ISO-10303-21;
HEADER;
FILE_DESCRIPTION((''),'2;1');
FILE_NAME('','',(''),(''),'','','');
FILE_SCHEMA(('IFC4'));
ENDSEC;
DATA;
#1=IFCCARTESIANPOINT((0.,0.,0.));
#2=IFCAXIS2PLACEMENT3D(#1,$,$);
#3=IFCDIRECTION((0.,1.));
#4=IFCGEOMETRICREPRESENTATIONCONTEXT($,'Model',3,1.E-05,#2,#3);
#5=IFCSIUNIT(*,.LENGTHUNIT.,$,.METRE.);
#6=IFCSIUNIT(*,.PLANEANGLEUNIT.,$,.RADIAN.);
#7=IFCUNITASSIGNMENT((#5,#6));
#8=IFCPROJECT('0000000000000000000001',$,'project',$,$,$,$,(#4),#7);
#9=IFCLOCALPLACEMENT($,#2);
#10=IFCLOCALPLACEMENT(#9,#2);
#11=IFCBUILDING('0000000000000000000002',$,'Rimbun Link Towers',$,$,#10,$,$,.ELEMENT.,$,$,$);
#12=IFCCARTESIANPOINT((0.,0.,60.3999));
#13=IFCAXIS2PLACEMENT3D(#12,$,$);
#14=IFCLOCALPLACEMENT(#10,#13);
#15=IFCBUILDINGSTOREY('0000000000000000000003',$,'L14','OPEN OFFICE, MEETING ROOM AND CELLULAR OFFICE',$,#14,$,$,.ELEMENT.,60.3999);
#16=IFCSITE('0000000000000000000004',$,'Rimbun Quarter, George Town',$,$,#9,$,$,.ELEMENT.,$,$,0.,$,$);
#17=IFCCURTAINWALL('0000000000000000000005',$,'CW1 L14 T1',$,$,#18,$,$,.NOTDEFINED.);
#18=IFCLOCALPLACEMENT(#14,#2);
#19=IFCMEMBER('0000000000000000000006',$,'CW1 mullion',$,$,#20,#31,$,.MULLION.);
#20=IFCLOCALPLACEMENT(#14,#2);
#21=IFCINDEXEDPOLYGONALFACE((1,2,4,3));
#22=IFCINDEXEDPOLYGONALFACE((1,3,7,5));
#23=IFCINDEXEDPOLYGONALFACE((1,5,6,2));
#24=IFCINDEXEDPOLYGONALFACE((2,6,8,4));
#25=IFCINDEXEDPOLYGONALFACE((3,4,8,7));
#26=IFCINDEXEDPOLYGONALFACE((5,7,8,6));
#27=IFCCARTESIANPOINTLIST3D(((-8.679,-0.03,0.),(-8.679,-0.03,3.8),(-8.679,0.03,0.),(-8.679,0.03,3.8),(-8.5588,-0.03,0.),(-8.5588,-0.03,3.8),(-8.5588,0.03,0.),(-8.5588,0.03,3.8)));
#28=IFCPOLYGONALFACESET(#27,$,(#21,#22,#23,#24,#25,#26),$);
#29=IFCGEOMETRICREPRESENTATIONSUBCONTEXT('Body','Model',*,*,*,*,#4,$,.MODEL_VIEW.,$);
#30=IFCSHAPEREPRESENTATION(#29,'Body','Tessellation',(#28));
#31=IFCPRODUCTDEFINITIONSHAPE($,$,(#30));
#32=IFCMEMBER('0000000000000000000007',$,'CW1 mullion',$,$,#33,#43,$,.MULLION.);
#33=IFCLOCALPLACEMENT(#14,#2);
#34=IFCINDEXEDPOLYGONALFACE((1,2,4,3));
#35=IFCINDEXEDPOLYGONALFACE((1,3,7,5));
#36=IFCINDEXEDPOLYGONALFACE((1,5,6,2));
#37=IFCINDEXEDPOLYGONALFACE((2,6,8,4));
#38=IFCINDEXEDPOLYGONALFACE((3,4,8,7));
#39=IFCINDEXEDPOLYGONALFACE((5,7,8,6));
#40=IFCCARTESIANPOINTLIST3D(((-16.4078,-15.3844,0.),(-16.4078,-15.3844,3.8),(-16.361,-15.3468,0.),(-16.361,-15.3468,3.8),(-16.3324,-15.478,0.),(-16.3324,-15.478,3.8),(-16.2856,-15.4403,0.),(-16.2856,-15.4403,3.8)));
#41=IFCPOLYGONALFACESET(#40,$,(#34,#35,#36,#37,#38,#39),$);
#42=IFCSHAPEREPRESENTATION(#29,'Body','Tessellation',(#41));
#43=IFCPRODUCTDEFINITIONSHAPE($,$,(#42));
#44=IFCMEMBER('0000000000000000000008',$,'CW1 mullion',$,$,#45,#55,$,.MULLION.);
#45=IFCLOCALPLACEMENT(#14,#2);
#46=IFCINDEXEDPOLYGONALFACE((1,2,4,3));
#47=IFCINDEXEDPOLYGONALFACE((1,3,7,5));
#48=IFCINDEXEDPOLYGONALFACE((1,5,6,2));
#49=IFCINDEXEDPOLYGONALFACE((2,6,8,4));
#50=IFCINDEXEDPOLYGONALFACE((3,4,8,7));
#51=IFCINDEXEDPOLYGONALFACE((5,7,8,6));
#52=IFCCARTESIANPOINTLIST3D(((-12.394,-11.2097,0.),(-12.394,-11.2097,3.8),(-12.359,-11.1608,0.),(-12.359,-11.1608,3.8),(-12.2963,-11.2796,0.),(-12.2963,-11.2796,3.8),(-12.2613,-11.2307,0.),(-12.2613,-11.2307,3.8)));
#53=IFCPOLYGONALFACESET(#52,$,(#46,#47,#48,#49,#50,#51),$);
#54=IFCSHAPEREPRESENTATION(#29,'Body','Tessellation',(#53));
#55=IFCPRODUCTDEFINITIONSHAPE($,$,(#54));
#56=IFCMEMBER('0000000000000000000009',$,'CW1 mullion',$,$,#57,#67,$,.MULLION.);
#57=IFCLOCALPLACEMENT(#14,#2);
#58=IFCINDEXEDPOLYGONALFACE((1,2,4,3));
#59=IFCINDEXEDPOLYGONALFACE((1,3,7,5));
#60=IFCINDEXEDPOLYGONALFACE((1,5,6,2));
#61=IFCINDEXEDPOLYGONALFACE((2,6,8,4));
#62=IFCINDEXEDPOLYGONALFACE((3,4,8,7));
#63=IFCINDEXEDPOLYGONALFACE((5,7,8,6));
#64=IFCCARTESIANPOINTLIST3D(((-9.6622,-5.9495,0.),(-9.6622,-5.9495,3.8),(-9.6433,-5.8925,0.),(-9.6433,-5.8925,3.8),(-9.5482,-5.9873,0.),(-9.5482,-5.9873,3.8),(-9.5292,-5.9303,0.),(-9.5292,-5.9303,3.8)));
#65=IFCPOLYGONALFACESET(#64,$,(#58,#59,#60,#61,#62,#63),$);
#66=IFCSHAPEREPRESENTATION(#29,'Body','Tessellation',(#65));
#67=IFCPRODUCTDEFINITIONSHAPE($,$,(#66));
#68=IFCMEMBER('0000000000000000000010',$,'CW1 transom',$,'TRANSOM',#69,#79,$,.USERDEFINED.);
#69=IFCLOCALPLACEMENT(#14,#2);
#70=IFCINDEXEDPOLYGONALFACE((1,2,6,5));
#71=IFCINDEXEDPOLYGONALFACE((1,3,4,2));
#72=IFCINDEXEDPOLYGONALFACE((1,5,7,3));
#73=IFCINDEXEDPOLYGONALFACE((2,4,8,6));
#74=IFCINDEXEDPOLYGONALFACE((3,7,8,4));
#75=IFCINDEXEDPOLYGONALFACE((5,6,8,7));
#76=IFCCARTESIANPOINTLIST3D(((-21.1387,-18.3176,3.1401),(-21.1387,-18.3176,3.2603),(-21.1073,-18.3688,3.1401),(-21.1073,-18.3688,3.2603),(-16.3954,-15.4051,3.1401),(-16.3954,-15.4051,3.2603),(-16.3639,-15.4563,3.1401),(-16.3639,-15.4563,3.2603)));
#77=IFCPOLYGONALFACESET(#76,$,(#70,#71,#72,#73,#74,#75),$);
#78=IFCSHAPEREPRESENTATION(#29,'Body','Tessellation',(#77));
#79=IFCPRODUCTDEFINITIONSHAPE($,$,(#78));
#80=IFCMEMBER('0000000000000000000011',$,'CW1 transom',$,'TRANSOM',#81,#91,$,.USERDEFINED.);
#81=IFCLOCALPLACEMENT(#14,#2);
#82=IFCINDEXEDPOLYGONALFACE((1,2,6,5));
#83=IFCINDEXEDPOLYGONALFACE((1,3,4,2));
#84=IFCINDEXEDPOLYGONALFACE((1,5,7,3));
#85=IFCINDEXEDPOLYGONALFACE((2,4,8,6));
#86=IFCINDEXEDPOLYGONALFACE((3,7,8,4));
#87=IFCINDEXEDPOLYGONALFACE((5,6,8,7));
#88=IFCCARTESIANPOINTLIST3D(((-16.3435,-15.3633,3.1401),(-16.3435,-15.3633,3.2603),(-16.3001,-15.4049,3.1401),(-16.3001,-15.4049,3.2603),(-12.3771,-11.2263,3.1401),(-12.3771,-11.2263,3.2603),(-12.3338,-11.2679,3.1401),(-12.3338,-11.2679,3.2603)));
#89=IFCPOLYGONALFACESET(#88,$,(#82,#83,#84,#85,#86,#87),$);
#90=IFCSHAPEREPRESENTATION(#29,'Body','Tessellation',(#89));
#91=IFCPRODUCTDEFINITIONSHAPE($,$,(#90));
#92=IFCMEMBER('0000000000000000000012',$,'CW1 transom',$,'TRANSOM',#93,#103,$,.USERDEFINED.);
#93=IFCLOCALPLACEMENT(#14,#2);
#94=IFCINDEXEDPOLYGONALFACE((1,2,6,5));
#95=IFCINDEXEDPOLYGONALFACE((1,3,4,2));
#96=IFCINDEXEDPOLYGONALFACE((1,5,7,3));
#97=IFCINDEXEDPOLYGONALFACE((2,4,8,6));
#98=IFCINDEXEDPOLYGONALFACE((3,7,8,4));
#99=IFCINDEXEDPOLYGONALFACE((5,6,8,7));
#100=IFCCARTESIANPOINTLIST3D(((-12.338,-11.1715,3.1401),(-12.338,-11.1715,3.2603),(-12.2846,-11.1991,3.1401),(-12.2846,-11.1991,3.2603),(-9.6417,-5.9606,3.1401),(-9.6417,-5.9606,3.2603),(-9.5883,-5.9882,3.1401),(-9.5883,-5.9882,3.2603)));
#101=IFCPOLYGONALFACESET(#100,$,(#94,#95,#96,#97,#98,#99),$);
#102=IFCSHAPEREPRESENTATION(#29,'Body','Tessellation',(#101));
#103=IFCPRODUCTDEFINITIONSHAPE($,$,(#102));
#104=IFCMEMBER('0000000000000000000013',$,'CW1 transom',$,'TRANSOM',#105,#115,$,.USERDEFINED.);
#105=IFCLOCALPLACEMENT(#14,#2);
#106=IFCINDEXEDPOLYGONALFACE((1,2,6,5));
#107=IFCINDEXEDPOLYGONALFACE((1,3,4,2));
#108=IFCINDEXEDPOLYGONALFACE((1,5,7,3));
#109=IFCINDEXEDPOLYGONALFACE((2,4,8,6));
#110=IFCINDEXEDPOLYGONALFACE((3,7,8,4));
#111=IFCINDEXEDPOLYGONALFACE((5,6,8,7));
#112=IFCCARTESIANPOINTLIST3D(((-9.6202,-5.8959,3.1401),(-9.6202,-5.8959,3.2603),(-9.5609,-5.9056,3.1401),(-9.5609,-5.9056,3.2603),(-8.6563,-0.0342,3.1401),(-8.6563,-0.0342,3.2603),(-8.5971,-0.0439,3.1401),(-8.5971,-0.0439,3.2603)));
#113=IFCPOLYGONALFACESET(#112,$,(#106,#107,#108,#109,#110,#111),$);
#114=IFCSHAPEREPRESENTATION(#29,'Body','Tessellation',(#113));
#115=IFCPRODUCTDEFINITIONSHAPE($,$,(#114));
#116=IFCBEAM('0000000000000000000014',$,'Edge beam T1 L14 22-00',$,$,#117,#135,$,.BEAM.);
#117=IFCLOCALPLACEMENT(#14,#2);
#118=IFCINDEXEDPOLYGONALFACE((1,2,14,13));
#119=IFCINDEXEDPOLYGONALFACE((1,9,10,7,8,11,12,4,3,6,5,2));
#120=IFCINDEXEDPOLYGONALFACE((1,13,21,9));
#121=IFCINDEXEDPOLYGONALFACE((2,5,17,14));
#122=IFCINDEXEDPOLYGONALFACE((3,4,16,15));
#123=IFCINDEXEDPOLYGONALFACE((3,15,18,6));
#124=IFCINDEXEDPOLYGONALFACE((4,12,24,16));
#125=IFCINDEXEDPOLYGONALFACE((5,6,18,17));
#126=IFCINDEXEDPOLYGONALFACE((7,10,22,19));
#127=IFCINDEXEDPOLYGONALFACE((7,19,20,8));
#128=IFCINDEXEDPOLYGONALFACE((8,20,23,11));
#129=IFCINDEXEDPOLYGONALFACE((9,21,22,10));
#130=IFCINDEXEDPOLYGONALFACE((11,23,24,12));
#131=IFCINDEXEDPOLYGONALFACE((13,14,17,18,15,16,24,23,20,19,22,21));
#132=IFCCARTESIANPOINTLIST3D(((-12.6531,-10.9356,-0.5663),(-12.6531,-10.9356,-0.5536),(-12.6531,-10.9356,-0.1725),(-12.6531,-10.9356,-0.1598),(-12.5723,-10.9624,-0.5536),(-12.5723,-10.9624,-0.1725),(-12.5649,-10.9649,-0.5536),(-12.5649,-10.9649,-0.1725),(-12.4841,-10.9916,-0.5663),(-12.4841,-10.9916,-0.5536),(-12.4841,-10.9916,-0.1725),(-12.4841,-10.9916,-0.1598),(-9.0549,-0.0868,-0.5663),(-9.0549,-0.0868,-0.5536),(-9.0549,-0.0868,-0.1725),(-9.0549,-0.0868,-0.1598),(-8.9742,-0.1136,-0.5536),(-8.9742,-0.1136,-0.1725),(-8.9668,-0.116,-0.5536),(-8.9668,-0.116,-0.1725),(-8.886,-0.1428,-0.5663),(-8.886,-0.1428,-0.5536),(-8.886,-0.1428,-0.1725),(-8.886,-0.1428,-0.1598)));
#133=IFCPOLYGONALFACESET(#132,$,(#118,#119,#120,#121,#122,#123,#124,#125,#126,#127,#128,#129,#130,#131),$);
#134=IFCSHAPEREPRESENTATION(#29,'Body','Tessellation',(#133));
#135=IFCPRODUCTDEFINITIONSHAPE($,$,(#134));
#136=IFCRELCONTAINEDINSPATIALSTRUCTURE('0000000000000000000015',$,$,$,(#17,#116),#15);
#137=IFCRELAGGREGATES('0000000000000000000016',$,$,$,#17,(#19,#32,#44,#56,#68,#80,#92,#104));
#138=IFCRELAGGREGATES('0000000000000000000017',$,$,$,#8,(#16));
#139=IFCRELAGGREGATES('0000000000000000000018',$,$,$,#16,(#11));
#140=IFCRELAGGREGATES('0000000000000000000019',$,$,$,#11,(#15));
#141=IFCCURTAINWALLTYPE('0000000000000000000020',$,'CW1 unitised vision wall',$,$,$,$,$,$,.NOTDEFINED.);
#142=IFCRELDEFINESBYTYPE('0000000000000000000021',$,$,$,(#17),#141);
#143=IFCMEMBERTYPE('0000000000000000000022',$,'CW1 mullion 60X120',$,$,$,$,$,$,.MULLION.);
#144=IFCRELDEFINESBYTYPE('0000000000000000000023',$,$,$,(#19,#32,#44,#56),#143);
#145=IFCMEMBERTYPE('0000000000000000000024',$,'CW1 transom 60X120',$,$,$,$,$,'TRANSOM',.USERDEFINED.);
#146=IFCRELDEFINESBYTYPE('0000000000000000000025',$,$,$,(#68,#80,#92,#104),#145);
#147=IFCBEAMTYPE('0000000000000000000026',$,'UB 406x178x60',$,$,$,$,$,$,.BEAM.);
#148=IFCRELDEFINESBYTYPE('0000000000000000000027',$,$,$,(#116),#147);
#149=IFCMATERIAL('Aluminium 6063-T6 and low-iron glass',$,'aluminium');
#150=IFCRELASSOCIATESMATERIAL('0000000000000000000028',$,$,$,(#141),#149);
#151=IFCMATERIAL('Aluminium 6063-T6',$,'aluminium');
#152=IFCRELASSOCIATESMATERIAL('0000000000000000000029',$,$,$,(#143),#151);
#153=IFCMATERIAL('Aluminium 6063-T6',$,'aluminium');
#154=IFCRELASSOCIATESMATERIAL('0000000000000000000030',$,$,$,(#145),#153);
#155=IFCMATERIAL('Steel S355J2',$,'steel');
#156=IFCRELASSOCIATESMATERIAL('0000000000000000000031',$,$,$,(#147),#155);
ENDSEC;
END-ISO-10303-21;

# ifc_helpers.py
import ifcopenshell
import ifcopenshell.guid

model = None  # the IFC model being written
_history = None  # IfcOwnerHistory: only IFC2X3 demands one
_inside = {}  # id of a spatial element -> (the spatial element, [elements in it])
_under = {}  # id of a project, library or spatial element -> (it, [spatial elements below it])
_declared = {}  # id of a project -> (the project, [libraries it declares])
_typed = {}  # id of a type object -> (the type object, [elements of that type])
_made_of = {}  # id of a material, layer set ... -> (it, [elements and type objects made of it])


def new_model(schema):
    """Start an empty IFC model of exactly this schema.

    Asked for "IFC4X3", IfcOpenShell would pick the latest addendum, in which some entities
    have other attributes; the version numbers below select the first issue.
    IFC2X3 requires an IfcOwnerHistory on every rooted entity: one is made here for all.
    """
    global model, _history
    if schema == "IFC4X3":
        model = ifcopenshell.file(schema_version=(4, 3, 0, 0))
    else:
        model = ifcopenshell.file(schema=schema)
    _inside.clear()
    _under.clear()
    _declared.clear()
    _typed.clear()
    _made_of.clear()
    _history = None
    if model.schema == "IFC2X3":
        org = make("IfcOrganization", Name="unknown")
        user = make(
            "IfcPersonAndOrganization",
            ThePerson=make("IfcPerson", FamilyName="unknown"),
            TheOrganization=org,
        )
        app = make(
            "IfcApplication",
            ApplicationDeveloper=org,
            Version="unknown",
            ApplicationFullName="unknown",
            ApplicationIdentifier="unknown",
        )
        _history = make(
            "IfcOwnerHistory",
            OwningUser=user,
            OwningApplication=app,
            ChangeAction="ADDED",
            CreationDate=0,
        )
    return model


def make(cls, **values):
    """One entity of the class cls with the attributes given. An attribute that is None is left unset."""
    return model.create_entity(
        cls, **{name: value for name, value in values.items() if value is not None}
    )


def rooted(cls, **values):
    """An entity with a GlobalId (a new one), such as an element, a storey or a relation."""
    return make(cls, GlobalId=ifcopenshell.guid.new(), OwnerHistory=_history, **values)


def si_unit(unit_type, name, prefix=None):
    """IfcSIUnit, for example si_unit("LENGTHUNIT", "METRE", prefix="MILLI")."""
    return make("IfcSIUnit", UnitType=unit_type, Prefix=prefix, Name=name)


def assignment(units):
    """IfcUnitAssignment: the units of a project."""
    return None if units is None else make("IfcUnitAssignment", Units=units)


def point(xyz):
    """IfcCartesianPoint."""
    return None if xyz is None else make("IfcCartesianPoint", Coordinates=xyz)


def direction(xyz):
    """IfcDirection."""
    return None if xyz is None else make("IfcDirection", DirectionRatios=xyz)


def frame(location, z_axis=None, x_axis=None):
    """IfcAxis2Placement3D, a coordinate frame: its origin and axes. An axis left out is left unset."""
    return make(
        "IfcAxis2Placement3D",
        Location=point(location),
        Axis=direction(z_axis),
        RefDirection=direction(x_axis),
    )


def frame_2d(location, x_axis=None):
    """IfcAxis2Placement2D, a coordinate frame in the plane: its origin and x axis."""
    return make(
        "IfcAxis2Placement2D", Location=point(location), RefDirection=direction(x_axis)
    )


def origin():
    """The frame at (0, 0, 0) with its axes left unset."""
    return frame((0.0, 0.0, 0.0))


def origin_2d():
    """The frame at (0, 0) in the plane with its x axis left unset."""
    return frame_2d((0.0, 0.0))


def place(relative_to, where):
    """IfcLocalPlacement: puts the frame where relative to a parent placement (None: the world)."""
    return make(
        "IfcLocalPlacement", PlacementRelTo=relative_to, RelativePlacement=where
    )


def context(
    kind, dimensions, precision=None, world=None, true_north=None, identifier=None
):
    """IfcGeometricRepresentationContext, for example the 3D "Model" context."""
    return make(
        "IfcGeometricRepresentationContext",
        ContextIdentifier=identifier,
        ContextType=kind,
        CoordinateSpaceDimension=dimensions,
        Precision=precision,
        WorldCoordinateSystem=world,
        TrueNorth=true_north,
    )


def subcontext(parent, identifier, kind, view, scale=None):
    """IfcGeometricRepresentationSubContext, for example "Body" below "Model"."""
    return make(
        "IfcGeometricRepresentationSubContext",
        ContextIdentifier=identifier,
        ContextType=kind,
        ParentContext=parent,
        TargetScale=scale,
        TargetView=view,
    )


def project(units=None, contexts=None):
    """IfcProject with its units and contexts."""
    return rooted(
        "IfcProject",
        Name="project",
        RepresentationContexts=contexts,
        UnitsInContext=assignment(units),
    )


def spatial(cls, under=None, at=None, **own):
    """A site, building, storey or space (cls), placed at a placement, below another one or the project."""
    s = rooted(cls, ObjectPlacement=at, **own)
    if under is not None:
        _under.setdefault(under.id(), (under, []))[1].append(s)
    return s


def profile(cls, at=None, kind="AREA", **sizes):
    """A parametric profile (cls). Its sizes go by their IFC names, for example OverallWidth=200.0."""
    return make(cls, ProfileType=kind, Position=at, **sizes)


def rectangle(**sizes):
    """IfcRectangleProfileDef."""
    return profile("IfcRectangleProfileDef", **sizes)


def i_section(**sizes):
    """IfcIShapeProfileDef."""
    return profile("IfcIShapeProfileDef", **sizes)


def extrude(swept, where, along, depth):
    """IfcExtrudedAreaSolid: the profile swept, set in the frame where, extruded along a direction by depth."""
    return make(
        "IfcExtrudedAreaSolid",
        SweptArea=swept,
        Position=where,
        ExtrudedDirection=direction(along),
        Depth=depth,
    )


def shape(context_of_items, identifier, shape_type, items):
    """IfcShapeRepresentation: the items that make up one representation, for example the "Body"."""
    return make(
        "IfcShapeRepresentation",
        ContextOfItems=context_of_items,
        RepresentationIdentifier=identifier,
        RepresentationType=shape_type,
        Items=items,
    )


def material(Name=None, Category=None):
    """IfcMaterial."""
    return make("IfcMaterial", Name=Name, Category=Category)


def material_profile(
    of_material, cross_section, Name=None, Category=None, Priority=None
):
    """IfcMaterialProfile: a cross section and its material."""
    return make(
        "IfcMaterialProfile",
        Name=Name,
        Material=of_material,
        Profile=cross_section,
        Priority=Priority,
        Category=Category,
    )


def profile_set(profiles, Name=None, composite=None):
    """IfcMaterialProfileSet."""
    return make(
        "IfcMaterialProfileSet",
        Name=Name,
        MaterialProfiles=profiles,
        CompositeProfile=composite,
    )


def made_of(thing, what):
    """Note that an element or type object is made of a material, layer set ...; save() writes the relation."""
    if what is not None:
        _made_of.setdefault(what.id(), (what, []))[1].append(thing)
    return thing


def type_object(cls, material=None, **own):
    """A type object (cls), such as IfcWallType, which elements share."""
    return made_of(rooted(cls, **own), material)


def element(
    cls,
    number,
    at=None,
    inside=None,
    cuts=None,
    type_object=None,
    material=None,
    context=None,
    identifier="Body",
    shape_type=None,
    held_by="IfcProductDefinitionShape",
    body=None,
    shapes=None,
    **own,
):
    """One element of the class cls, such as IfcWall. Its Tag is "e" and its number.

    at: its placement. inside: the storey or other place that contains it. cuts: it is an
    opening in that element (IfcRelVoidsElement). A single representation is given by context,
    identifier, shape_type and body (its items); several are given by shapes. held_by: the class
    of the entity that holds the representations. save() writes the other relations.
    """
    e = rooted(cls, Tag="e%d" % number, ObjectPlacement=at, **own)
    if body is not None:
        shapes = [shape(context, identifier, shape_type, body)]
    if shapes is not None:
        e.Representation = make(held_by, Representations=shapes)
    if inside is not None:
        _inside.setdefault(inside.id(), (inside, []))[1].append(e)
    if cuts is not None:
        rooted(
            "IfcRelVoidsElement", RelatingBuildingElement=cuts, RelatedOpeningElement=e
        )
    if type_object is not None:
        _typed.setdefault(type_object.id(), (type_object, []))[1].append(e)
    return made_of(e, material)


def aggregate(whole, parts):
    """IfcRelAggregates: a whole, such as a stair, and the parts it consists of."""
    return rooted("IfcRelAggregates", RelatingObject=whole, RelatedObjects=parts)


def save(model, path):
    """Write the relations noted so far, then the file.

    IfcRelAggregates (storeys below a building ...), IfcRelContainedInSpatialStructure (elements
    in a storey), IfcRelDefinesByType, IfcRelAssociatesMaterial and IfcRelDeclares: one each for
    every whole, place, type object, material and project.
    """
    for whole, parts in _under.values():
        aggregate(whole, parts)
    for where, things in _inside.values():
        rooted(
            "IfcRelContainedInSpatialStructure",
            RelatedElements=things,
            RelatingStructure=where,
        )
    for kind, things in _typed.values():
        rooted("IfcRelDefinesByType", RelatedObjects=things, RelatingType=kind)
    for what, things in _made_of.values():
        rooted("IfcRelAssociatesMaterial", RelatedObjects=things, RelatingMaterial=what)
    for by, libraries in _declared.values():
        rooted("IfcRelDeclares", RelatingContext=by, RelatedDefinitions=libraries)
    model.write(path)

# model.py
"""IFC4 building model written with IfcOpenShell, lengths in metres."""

from ifc_helpers import new_model, si_unit, direction, frame, origin, origin_2d, place, context, subcontext, project, spatial, rectangle, i_section, extrude, material, material_profile, profile_set, type_object, element, aggregate, save


model = new_model("IFC4")

# Units and contexts
model_context = context("Model", 3, precision=1e-05, world=origin(), true_north=direction((0.0, 1.0)))
body_context = subcontext(model_context, "Body", "Model", "MODEL_VIEW")
ifc_project = project(units=[si_unit("LENGTHUNIT", "METRE"), si_unit("PLANEANGLEUNIT", "RADIAN")], contexts=[model_context])

# Site, building, storey
site_placement = place(None, origin())
site = spatial("IfcSite", under=ifc_project, at=site_placement, Name="Rimbun Quarter, George Town", CompositionType="ELEMENT", RefElevation=0.0)
building_placement = place(site_placement, origin())
building = spatial("IfcBuilding", under=site, at=building_placement, Name="Rimbun Link Towers", CompositionType="ELEMENT")
storey_placement = place(building_placement, frame((0.0, 0.0, 60.3999)))
storey = spatial("IfcBuildingStorey", under=building, at=storey_placement, Name="L14", Description="OPEN OFFICE, MEETING ROOM AND CELLULAR OFFICE", CompositionType="ELEMENT", Elevation=60.3999)

# Curtain wall, members
ifc_material_1 = material(Name="Aluminium 6063-T6 and low-iron glass", Category="aluminium")
curtain_wall_type = type_object("IfcCurtainWallType", Name="CW1 unitised vision wall", PredefinedType="NOTDEFINED", material=ifc_material_1)
curtain_wall_placement = place(storey_placement, origin())
curtain_wall = element("IfcCurtainWall", 1, at=curtain_wall_placement, inside=storey, type_object=curtain_wall_type, Name="CW1 L14 T1", PredefinedType="NOTDEFINED")
ifc_material_2 = material(Name="Aluminium 6063-T6", Category="aluminium")
ifc_material_profile_1 = material_profile(ifc_material_2, rectangle(XDim=0.1201, YDim=0.0601, at=origin_2d()), Name="MULLION 60X120")
ifc_profile_set_1 = profile_set([ifc_material_profile_1], Name="Aluminium 6063-T6")
member_type_1 = type_object("IfcMemberType", Name="CW1 mullion 60X120", PredefinedType="MULLION", material=ifc_profile_set_1)
member_1_placement = place(storey_placement, frame((-8.6189, 0.0, 0.0), z_axis=(0.0, 0.0, 1.0), x_axis=(1.0, 0.0, 0.0)))
member_1 = element("IfcMember", 2, at=member_1_placement, type_object=member_type_1, Name="CW1 mullion", PredefinedType="MULLION", context=body_context, shape_type="SweptSolid", body=[
    extrude(rectangle(XDim=0.1201, YDim=0.0601, at=origin_2d()), origin(), (0.0, 0.0, 1.0), 3.8),
])
member_2_placement = place(storey_placement, frame((-16.3467, -15.4124, 0.0), z_axis=(0.0, 0.0, 1.0), x_axis=(0.627666, -0.778483, 0.0)))
member_2 = element("IfcMember", 3, at=member_2_placement, type_object=member_type_1, Name="CW1 mullion", PredefinedType="MULLION", context=body_context, shape_type="SweptSolid", body=[
    extrude(rectangle(XDim=0.1201, YDim=0.0601, at=origin_2d()), origin(), (0.0, 0.0, 1.0), 3.8),
])
member_3_placement = place(storey_placement, frame((-12.3276, -11.2202, 0.0), z_axis=(0.0, 0.0, 1.0), x_axis=(0.813348, -0.581777, 0.0)))
member_3 = element("IfcMember", 4, at=member_3_placement, type_object=member_type_1, Name="CW1 mullion", PredefinedType="MULLION", context=body_context, shape_type="SweptSolid", body=[
    extrude(rectangle(XDim=0.1201, YDim=0.0601, at=origin_2d()), origin(), (0.0, 0.0, 1.0), 3.8),
])
member_4_placement = place(storey_placement, frame((-9.5957, -5.9399, 0.0), z_axis=(0.0, 0.0, 1.0), x_axis=(0.949162, -0.314789, 0.0)))
member_4 = element("IfcMember", 5, at=member_4_placement, type_object=member_type_1, Name="CW1 mullion", PredefinedType="MULLION", context=body_context, shape_type="SweptSolid", body=[
    extrude(rectangle(XDim=0.1201, YDim=0.0601, at=origin_2d()), origin(), (0.0, 0.0, 1.0), 3.8),
])
ifc_material_3 = material(Name="Aluminium 6063-T6", Category="aluminium")
ifc_material_profile_2 = material_profile(ifc_material_3, rectangle(XDim=0.0601, YDim=0.1201, at=origin_2d()), Name="TRANSOM 60X120")
ifc_profile_set_2 = profile_set([ifc_material_profile_2], Name="Aluminium 6063-T6")
member_type_2 = type_object("IfcMemberType", Name="CW1 transom 60X120", ElementType="TRANSOM", PredefinedType="USERDEFINED", material=ifc_profile_set_2)
member_5_placement = place(storey_placement, frame((-16.3796, -15.4307, 3.2002), z_axis=(-0.852173, -0.52326, 0.0), x_axis=(0.52326, -0.852173, 0.0)))
member_5 = element("IfcMember", 6, at=member_5_placement, type_object=member_type_2, Name="CW1 transom", ObjectType="TRANSOM", PredefinedType="USERDEFINED", context=body_context, shape_type="SweptSolid", body=[
    extrude(rectangle(XDim=0.0601, YDim=0.1201, at=origin_2d()), origin(), (0.0, 0.0, 1.0), 5.5662),
])
member_6_placement = place(storey_placement, frame((-12.3555, -11.2471, 3.2002), z_axis=(-0.692062, -0.721838, 0.0), x_axis=(0.721838, -0.692062, 0.0)))
member_6 = element("IfcMember", 7, at=member_6_placement, type_object=member_type_2, Name="CW1 transom", ObjectType="TRANSOM", PredefinedType="USERDEFINED", context=body_context, shape_type="SweptSolid", body=[
    extrude(rectangle(XDim=0.0601, YDim=0.1201, at=origin_2d()), origin(), (0.0, 0.0, 1.0), 5.7312),
])
member_7_placement = place(storey_placement, frame((-9.615, -5.9744, 3.2002), z_axis=(-0.459554, -0.88815, 0.0), x_axis=(0.88815, -0.459554, 0.0)))
member_7 = element("IfcMember", 8, at=member_7_placement, type_object=member_type_2, Name="CW1 transom", ObjectType="TRANSOM", PredefinedType="USERDEFINED", context=body_context, shape_type="SweptSolid", body=[
    extrude(rectangle(XDim=0.0601, YDim=0.1201, at=origin_2d()), origin(), (0.0, 0.0, 1.0), 5.8672),
])
member_8_placement = place(storey_placement, frame((-8.6267, -0.0391, 3.2002), z_axis=(-0.162253, -0.986749, 0.0), x_axis=(0.986749, -0.162253, 0.0)))
member_8 = element("IfcMember", 9, at=member_8_placement, type_object=member_type_2, Name="CW1 transom", ObjectType="TRANSOM", PredefinedType="USERDEFINED", context=body_context, shape_type="SweptSolid", body=[
    extrude(rectangle(XDim=0.0601, YDim=0.1201, at=origin_2d()), origin(), (0.0, 0.0, 1.0), 5.9404),
])

# Beam
ifc_material_4 = material(Name="Steel S355J2", Category="steel")
ifc_material_profile_3 = material_profile(ifc_material_4, i_section(OverallWidth=0.178, OverallDepth=0.4065, WebThickness=0.0078, FlangeThickness=0.0127, at=origin_2d()), Name="UB 406x178x60")
ifc_profile_set_3 = profile_set([ifc_material_profile_3], Name="Steel S355J2")
beam_type = type_object("IfcBeamType", Name="UB 406x178x60", PredefinedType="BEAM", material=ifc_profile_set_3)
beam_placement = place(storey_placement, frame((-12.5686, -10.9636, -0.363), z_axis=(0.314798, 0.949159, 0.0), x_axis=(-0.949159, 0.314798, 0.0)))
element("IfcBeam", 10, at=beam_placement, inside=storey, type_object=beam_type, Name="Edge beam T1 L14 22-00", PredefinedType="BEAM", context=body_context, shape_type="SweptSolid", body=[
    extrude(i_section(OverallWidth=0.178, OverallDepth=0.4065, WebThickness=0.0078, FlangeThickness=0.0127, at=origin_2d()), origin(), (0.0, 0.0, 1.0), 11.4299),
])

aggregate(curtain_wall, [member_1, member_2, member_3, member_4, member_5, member_6, member_7, member_8])

save(model, "model.ifc")
